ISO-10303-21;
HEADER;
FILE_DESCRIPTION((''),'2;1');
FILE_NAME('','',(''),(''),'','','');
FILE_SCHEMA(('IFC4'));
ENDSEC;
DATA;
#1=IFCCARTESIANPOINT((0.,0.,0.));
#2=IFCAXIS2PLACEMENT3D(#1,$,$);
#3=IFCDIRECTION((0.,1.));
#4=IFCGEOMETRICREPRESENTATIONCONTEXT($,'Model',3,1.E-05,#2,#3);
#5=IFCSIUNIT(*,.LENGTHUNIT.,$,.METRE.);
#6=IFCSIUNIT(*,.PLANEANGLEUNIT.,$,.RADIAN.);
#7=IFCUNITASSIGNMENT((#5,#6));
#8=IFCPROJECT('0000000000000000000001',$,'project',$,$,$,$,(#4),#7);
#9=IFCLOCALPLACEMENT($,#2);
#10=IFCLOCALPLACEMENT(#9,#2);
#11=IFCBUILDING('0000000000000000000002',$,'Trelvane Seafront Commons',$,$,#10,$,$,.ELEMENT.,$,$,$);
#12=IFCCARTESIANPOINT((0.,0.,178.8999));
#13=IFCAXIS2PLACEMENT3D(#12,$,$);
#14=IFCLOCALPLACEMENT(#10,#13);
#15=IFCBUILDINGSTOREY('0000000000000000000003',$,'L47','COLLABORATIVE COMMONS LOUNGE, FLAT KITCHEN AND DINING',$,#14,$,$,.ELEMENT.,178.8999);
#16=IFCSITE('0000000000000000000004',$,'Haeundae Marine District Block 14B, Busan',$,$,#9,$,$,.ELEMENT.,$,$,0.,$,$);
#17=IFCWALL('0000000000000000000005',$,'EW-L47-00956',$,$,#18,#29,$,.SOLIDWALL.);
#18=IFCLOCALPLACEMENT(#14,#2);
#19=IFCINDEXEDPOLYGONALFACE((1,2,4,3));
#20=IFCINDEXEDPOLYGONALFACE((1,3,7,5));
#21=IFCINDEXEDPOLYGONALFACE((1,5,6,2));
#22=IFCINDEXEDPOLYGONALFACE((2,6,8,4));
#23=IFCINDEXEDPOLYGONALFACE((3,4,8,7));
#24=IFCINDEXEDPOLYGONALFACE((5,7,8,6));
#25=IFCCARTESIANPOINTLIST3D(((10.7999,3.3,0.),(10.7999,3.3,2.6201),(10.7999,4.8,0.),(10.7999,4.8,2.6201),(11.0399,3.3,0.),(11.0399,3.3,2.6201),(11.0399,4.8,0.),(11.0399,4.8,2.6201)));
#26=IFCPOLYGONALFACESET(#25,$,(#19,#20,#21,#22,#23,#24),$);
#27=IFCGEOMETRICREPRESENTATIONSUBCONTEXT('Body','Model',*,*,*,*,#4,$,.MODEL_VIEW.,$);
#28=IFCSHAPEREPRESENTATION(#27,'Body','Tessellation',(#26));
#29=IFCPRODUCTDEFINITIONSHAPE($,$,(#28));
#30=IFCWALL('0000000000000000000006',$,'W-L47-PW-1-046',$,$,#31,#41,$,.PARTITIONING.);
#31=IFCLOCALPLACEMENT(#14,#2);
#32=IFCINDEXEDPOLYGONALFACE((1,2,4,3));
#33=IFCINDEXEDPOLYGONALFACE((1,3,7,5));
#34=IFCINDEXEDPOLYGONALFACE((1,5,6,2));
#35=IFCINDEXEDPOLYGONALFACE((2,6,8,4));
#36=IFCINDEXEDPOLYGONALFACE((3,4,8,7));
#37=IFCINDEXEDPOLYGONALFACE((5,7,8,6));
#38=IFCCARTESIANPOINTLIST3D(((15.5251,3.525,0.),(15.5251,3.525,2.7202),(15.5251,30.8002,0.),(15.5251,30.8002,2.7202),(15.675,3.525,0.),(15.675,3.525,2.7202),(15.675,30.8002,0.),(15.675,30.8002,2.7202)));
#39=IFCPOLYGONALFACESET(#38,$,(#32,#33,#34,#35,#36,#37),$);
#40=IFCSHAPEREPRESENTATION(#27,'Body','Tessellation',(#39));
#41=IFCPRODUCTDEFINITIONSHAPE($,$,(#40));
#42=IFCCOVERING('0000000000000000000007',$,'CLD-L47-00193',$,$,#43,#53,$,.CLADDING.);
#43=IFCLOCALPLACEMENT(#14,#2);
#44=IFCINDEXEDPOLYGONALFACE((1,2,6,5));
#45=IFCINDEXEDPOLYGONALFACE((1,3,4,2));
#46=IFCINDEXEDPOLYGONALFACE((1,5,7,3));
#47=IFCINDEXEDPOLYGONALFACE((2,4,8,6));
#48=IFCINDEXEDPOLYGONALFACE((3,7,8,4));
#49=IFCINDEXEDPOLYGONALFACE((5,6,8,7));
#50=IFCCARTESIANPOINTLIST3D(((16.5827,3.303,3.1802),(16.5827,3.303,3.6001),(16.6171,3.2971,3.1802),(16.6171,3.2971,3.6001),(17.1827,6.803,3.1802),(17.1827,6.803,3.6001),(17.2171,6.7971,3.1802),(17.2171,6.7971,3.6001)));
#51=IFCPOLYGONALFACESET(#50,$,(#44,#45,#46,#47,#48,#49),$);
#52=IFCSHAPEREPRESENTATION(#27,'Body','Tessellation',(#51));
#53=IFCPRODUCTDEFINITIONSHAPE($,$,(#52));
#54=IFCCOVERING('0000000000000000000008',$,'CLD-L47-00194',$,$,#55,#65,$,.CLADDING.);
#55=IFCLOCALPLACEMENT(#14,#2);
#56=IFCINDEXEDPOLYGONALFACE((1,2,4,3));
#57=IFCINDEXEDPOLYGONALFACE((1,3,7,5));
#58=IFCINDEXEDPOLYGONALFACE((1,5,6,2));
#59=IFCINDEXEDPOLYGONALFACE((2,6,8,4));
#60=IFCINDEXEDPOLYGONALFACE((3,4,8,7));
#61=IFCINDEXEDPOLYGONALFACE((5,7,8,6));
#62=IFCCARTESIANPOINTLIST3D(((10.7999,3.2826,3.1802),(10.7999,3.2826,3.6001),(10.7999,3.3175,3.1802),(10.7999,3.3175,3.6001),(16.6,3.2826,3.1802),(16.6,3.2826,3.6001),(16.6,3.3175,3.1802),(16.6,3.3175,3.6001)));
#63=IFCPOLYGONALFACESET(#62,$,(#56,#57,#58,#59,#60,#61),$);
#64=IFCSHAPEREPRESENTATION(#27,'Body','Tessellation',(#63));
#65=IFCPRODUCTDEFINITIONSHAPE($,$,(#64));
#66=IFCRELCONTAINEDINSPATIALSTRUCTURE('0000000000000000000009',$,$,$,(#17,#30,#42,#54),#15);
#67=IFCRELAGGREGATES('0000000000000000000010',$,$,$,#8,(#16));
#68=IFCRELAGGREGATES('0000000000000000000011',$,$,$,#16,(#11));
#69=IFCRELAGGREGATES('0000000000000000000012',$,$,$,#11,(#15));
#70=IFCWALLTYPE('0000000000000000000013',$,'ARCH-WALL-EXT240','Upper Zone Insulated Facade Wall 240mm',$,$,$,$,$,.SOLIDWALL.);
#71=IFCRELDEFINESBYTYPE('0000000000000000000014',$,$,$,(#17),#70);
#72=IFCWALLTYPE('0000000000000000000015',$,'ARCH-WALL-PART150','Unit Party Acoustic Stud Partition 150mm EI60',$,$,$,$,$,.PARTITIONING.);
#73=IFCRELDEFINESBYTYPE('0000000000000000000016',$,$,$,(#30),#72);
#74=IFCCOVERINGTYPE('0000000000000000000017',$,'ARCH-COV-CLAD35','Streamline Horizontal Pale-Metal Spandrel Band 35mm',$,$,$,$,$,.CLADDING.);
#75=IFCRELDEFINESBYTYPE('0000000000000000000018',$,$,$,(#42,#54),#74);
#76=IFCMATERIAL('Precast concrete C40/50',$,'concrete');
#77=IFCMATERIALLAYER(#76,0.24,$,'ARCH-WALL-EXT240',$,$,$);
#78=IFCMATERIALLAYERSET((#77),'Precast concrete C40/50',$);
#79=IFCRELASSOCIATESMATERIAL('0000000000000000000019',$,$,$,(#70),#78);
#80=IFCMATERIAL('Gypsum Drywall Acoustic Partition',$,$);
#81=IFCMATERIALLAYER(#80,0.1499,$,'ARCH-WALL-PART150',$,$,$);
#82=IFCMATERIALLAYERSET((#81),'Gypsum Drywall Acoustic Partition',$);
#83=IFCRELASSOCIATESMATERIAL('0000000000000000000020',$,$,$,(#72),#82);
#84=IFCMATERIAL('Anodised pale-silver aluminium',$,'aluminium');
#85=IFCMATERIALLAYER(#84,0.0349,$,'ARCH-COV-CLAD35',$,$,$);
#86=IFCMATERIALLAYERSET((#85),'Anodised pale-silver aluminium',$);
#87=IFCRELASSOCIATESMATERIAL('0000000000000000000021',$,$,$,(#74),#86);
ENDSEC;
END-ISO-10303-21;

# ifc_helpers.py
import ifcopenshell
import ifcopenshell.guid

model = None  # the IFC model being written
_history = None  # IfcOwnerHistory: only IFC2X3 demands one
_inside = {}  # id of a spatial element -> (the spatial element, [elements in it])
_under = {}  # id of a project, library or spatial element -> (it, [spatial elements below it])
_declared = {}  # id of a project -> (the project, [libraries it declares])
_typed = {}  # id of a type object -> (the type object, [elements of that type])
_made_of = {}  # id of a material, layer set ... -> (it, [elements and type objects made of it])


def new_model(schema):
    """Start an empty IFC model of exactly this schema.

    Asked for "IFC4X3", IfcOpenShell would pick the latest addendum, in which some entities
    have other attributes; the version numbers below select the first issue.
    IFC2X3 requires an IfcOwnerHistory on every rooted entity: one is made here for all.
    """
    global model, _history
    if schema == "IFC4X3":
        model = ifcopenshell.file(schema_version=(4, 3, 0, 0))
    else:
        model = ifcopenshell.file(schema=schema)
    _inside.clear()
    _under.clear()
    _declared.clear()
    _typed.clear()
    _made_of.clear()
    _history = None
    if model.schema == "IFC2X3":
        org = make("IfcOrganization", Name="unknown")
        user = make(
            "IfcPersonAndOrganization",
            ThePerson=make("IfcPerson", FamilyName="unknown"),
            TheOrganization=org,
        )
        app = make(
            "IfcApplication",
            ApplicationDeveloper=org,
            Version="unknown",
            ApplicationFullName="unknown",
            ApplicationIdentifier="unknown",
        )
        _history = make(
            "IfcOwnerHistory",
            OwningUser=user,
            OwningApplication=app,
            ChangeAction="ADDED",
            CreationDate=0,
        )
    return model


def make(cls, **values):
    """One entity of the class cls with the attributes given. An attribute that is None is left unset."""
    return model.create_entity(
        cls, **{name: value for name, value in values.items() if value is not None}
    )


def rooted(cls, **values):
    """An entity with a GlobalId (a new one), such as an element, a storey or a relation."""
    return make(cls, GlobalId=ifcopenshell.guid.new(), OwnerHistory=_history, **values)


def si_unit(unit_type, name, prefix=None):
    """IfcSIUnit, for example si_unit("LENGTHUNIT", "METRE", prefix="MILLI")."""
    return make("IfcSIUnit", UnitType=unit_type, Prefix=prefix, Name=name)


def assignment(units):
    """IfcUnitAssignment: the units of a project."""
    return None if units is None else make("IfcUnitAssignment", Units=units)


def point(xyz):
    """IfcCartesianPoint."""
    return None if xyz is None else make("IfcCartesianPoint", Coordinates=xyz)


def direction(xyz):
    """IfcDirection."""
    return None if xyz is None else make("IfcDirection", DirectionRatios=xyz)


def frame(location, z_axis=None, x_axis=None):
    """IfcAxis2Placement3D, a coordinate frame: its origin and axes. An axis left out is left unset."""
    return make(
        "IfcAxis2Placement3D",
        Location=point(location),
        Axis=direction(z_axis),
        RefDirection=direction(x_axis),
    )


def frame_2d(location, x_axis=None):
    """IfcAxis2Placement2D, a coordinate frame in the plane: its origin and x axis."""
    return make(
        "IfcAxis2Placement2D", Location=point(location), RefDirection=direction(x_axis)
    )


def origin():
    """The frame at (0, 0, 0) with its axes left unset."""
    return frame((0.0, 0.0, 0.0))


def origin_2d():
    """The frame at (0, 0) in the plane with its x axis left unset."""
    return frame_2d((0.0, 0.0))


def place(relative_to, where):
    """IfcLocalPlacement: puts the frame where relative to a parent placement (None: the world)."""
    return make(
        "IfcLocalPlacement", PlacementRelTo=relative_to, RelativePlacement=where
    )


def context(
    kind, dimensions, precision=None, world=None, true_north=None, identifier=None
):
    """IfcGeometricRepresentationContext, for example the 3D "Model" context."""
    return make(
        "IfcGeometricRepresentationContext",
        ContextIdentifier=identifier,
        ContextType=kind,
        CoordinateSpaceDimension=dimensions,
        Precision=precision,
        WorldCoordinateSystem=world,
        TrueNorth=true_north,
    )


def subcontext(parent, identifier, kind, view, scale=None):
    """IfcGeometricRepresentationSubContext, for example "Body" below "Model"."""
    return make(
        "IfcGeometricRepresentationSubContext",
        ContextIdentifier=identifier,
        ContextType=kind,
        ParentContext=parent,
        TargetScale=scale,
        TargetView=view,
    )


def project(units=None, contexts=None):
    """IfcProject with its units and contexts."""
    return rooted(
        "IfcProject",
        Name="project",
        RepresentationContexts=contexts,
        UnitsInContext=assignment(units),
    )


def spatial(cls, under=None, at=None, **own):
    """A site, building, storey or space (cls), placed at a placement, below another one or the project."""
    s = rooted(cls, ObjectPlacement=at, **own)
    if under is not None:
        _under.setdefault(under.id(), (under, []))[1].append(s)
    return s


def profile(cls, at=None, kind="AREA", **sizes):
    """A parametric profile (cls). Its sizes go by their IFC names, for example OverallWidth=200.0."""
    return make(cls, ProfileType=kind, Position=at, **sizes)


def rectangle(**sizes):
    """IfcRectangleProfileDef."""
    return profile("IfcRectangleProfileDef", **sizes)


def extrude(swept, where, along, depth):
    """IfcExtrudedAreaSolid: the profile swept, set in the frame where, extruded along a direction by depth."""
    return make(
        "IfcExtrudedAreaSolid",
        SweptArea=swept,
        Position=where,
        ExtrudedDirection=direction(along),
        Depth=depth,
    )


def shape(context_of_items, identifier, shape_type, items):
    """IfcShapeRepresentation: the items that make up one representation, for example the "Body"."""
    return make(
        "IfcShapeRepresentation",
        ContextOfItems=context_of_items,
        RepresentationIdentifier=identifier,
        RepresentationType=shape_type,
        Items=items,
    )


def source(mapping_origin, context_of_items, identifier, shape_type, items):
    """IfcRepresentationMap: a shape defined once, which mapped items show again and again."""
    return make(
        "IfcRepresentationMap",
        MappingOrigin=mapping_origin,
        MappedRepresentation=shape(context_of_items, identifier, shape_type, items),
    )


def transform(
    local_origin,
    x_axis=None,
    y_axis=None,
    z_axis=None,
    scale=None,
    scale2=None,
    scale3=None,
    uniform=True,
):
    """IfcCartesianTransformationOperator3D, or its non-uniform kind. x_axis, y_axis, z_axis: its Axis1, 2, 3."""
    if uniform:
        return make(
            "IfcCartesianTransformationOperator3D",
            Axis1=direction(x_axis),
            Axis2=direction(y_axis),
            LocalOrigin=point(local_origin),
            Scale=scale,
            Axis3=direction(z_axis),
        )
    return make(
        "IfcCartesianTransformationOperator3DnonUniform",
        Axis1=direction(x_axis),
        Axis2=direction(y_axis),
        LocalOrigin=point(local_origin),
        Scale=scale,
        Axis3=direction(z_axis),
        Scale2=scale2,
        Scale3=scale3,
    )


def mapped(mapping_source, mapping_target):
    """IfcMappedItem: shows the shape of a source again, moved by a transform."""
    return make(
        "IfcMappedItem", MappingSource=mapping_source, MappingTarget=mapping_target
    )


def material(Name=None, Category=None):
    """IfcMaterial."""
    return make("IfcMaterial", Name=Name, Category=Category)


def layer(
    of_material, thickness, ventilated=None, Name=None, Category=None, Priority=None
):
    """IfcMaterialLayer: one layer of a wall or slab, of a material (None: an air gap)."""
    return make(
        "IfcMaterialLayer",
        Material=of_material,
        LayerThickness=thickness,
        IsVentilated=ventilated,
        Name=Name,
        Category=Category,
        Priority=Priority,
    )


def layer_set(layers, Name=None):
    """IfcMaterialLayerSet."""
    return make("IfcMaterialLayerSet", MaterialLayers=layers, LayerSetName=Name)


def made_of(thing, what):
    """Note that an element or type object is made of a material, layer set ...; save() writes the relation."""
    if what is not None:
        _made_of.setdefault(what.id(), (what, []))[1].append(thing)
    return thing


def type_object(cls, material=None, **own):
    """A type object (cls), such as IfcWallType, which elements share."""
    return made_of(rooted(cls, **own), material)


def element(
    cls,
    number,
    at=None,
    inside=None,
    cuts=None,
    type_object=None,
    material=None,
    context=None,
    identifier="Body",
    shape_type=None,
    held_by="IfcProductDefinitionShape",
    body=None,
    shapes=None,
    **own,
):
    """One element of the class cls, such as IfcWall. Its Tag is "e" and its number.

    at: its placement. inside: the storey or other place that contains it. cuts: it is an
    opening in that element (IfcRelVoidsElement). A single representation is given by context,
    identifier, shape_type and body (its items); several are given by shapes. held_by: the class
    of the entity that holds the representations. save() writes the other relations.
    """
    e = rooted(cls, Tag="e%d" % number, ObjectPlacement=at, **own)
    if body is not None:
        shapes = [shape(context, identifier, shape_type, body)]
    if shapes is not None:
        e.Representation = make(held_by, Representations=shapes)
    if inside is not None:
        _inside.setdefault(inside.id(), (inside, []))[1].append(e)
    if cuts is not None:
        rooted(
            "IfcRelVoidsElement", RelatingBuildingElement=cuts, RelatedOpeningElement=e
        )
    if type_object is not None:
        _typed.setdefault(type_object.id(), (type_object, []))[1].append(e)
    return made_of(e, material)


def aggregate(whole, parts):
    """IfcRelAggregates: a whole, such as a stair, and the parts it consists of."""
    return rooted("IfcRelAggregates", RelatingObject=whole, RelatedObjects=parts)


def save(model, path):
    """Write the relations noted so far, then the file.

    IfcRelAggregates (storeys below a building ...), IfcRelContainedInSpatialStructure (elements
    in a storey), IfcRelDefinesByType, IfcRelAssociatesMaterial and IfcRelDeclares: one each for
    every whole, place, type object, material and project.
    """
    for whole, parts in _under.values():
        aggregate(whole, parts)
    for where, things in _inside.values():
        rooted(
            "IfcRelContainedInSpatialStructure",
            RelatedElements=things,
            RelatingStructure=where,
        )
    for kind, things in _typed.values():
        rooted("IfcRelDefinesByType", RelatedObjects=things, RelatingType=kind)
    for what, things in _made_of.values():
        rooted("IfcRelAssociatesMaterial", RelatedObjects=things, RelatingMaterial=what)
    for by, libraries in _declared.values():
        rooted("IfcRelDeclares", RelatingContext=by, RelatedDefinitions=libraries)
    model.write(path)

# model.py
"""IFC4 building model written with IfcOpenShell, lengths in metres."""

from ifc_helpers import new_model, si_unit, direction, frame, frame_2d, origin, origin_2d, place, context, subcontext, project, spatial, rectangle, extrude, source, transform, mapped, material, layer, layer_set, type_object, element, save


model = new_model("IFC4")

# Units and contexts
model_context = context("Model", 3, precision=1e-05, world=origin(), true_north=direction((0.0, 1.0)))
body_context = subcontext(model_context, "Body", "Model", "MODEL_VIEW")
ifc_project = project(units=[si_unit("LENGTHUNIT", "METRE"), si_unit("PLANEANGLEUNIT", "RADIAN")], contexts=[model_context])

# Site, building, storey
site_placement = place(None, origin())
site = spatial("IfcSite", under=ifc_project, at=site_placement, Name="Haeundae Marine District Block 14B, Busan", CompositionType="ELEMENT", RefElevation=0.0)
building_placement = place(site_placement, origin())
building = spatial("IfcBuilding", under=site, at=building_placement, Name="Trelvane Seafront Commons", CompositionType="ELEMENT")
storey_placement = place(building_placement, frame((0.0, 0.0, 178.8999)))
storey = spatial("IfcBuildingStorey", under=building, at=storey_placement, Name="L47", Description="COLLABORATIVE COMMONS LOUNGE, FLAT KITCHEN AND DINING", CompositionType="ELEMENT", Elevation=178.8999)

# Shared definitions
ifc_material_1 = material(Name="Anodised pale-silver aluminium", Category="aluminium")

# Shared definitions
ifc_material_2 = material(Name="Precast concrete C40/50", Category="concrete")
ifc_layer_1 = layer(ifc_material_2, 0.24, Name="ARCH-WALL-EXT240")
ifc_layer_set_1 = layer_set([ifc_layer_1], Name="Precast concrete C40/50")
wall_type_1 = type_object("IfcWallType", Name="ARCH-WALL-EXT240", Description="Upper Zone Insulated Facade Wall 240mm", PredefinedType="SOLIDWALL", material=ifc_layer_set_1)

# Walls
wall_1_placement = place(storey_placement, frame((10.9199, 3.3, 0.0), z_axis=(0.0, 0.0, 1.0), x_axis=(0.0, 1.0, 0.0)))
element("IfcWall", 1, at=wall_1_placement, inside=storey, type_object=wall_type_1, Name="EW-L47-00956", PredefinedType="SOLIDWALL", context=body_context, shape_type="SweptSolid", body=[
    extrude(rectangle(XDim=1.5, YDim=0.24, at=frame_2d((0.75, 0.0))), origin(), (0.0, 0.0, 1.0), 2.6201),
])
ifc_material_3 = material(Name="Gypsum Drywall Acoustic Partition")
ifc_layer_2 = layer(ifc_material_3, 0.1499, Name="ARCH-WALL-PART150")
ifc_layer_set_2 = layer_set([ifc_layer_2], Name="Gypsum Drywall Acoustic Partition")
wall_type_2 = type_object("IfcWallType", Name="ARCH-WALL-PART150", Description="Unit Party Acoustic Stud Partition 150mm EI60", PredefinedType="PARTITIONING", material=ifc_layer_set_2)
wall_2_placement = place(storey_placement, frame((15.6001, 3.5249, 0.0), z_axis=(0.0, 0.0, 1.0), x_axis=(0.0, 1.0, 0.0)))
element("IfcWall", 2, at=wall_2_placement, inside=storey, type_object=wall_type_2, Name="W-L47-PW-1-046", PredefinedType="PARTITIONING", context=body_context, shape_type="SweptSolid", body=[
    extrude(rectangle(XDim=27.2751, YDim=0.1499, at=frame_2d((13.6377, 0.0))), origin(), (0.0, 0.0, 1.0), 2.7202),
])

# Coverings
ifc_layer_3 = layer(ifc_material_1, 0.0349, Name="ARCH-COV-CLAD35")
ifc_layer_set_3 = layer_set([ifc_layer_3], Name="Anodised pale-silver aluminium")
covering_type = type_object("IfcCoveringType", Name="ARCH-COV-CLAD35", Description="Streamline Horizontal Pale-Metal Spandrel Band 35mm", PredefinedType="CLADDING", material=ifc_layer_set_3)
shared_shape_1 = source(origin(), body_context, "Body", "SweptSolid", [
    extrude(rectangle(XDim=3.551, YDim=0.0349, at=origin_2d()), origin(), (0.0, 0.0, 1.0), 0.4199),
])
covering_1_placement = place(storey_placement, frame((16.8999, 5.05, 3.1802), z_axis=(0.0, 0.0, 1.0), x_axis=(-0.168964, -0.985622, 0.0)))
element("IfcCovering", 3, at=covering_1_placement, inside=storey, type_object=covering_type, Name="CLD-L47-00193", PredefinedType="CLADDING", context=body_context, shape_type="MappedRepresentation", body=[
    mapped(shared_shape_1, transform((0.0, 0.0, 0.0), x_axis=(1.0, 0.0, 0.0), y_axis=(0.0, 1.0, 0.0), z_axis=(0.0, 0.0, 1.0), scale=1.0)),
])
shared_shape_2 = source(origin(), body_context, "Body", "SweptSolid", [
    extrude(rectangle(XDim=5.8, YDim=0.0349, at=origin_2d()), origin(), (0.0, 0.0, 1.0), 0.4199),
])
covering_2_placement = place(storey_placement, frame((13.7, 3.3, 3.1802), z_axis=(0.0, 0.0, 1.0), x_axis=(-1.0, 0.0, 0.0)))
element("IfcCovering", 4, at=covering_2_placement, inside=storey, type_object=covering_type, Name="CLD-L47-00194", PredefinedType="CLADDING", context=body_context, shape_type="MappedRepresentation", body=[
    mapped(shared_shape_2, transform((0.0, 0.0, 0.0), x_axis=(1.0, 0.0, 0.0), y_axis=(0.0, 1.0, 0.0), z_axis=(0.0, 0.0, 1.0), scale=1.0)),
])

save(model, "model.ifc")
